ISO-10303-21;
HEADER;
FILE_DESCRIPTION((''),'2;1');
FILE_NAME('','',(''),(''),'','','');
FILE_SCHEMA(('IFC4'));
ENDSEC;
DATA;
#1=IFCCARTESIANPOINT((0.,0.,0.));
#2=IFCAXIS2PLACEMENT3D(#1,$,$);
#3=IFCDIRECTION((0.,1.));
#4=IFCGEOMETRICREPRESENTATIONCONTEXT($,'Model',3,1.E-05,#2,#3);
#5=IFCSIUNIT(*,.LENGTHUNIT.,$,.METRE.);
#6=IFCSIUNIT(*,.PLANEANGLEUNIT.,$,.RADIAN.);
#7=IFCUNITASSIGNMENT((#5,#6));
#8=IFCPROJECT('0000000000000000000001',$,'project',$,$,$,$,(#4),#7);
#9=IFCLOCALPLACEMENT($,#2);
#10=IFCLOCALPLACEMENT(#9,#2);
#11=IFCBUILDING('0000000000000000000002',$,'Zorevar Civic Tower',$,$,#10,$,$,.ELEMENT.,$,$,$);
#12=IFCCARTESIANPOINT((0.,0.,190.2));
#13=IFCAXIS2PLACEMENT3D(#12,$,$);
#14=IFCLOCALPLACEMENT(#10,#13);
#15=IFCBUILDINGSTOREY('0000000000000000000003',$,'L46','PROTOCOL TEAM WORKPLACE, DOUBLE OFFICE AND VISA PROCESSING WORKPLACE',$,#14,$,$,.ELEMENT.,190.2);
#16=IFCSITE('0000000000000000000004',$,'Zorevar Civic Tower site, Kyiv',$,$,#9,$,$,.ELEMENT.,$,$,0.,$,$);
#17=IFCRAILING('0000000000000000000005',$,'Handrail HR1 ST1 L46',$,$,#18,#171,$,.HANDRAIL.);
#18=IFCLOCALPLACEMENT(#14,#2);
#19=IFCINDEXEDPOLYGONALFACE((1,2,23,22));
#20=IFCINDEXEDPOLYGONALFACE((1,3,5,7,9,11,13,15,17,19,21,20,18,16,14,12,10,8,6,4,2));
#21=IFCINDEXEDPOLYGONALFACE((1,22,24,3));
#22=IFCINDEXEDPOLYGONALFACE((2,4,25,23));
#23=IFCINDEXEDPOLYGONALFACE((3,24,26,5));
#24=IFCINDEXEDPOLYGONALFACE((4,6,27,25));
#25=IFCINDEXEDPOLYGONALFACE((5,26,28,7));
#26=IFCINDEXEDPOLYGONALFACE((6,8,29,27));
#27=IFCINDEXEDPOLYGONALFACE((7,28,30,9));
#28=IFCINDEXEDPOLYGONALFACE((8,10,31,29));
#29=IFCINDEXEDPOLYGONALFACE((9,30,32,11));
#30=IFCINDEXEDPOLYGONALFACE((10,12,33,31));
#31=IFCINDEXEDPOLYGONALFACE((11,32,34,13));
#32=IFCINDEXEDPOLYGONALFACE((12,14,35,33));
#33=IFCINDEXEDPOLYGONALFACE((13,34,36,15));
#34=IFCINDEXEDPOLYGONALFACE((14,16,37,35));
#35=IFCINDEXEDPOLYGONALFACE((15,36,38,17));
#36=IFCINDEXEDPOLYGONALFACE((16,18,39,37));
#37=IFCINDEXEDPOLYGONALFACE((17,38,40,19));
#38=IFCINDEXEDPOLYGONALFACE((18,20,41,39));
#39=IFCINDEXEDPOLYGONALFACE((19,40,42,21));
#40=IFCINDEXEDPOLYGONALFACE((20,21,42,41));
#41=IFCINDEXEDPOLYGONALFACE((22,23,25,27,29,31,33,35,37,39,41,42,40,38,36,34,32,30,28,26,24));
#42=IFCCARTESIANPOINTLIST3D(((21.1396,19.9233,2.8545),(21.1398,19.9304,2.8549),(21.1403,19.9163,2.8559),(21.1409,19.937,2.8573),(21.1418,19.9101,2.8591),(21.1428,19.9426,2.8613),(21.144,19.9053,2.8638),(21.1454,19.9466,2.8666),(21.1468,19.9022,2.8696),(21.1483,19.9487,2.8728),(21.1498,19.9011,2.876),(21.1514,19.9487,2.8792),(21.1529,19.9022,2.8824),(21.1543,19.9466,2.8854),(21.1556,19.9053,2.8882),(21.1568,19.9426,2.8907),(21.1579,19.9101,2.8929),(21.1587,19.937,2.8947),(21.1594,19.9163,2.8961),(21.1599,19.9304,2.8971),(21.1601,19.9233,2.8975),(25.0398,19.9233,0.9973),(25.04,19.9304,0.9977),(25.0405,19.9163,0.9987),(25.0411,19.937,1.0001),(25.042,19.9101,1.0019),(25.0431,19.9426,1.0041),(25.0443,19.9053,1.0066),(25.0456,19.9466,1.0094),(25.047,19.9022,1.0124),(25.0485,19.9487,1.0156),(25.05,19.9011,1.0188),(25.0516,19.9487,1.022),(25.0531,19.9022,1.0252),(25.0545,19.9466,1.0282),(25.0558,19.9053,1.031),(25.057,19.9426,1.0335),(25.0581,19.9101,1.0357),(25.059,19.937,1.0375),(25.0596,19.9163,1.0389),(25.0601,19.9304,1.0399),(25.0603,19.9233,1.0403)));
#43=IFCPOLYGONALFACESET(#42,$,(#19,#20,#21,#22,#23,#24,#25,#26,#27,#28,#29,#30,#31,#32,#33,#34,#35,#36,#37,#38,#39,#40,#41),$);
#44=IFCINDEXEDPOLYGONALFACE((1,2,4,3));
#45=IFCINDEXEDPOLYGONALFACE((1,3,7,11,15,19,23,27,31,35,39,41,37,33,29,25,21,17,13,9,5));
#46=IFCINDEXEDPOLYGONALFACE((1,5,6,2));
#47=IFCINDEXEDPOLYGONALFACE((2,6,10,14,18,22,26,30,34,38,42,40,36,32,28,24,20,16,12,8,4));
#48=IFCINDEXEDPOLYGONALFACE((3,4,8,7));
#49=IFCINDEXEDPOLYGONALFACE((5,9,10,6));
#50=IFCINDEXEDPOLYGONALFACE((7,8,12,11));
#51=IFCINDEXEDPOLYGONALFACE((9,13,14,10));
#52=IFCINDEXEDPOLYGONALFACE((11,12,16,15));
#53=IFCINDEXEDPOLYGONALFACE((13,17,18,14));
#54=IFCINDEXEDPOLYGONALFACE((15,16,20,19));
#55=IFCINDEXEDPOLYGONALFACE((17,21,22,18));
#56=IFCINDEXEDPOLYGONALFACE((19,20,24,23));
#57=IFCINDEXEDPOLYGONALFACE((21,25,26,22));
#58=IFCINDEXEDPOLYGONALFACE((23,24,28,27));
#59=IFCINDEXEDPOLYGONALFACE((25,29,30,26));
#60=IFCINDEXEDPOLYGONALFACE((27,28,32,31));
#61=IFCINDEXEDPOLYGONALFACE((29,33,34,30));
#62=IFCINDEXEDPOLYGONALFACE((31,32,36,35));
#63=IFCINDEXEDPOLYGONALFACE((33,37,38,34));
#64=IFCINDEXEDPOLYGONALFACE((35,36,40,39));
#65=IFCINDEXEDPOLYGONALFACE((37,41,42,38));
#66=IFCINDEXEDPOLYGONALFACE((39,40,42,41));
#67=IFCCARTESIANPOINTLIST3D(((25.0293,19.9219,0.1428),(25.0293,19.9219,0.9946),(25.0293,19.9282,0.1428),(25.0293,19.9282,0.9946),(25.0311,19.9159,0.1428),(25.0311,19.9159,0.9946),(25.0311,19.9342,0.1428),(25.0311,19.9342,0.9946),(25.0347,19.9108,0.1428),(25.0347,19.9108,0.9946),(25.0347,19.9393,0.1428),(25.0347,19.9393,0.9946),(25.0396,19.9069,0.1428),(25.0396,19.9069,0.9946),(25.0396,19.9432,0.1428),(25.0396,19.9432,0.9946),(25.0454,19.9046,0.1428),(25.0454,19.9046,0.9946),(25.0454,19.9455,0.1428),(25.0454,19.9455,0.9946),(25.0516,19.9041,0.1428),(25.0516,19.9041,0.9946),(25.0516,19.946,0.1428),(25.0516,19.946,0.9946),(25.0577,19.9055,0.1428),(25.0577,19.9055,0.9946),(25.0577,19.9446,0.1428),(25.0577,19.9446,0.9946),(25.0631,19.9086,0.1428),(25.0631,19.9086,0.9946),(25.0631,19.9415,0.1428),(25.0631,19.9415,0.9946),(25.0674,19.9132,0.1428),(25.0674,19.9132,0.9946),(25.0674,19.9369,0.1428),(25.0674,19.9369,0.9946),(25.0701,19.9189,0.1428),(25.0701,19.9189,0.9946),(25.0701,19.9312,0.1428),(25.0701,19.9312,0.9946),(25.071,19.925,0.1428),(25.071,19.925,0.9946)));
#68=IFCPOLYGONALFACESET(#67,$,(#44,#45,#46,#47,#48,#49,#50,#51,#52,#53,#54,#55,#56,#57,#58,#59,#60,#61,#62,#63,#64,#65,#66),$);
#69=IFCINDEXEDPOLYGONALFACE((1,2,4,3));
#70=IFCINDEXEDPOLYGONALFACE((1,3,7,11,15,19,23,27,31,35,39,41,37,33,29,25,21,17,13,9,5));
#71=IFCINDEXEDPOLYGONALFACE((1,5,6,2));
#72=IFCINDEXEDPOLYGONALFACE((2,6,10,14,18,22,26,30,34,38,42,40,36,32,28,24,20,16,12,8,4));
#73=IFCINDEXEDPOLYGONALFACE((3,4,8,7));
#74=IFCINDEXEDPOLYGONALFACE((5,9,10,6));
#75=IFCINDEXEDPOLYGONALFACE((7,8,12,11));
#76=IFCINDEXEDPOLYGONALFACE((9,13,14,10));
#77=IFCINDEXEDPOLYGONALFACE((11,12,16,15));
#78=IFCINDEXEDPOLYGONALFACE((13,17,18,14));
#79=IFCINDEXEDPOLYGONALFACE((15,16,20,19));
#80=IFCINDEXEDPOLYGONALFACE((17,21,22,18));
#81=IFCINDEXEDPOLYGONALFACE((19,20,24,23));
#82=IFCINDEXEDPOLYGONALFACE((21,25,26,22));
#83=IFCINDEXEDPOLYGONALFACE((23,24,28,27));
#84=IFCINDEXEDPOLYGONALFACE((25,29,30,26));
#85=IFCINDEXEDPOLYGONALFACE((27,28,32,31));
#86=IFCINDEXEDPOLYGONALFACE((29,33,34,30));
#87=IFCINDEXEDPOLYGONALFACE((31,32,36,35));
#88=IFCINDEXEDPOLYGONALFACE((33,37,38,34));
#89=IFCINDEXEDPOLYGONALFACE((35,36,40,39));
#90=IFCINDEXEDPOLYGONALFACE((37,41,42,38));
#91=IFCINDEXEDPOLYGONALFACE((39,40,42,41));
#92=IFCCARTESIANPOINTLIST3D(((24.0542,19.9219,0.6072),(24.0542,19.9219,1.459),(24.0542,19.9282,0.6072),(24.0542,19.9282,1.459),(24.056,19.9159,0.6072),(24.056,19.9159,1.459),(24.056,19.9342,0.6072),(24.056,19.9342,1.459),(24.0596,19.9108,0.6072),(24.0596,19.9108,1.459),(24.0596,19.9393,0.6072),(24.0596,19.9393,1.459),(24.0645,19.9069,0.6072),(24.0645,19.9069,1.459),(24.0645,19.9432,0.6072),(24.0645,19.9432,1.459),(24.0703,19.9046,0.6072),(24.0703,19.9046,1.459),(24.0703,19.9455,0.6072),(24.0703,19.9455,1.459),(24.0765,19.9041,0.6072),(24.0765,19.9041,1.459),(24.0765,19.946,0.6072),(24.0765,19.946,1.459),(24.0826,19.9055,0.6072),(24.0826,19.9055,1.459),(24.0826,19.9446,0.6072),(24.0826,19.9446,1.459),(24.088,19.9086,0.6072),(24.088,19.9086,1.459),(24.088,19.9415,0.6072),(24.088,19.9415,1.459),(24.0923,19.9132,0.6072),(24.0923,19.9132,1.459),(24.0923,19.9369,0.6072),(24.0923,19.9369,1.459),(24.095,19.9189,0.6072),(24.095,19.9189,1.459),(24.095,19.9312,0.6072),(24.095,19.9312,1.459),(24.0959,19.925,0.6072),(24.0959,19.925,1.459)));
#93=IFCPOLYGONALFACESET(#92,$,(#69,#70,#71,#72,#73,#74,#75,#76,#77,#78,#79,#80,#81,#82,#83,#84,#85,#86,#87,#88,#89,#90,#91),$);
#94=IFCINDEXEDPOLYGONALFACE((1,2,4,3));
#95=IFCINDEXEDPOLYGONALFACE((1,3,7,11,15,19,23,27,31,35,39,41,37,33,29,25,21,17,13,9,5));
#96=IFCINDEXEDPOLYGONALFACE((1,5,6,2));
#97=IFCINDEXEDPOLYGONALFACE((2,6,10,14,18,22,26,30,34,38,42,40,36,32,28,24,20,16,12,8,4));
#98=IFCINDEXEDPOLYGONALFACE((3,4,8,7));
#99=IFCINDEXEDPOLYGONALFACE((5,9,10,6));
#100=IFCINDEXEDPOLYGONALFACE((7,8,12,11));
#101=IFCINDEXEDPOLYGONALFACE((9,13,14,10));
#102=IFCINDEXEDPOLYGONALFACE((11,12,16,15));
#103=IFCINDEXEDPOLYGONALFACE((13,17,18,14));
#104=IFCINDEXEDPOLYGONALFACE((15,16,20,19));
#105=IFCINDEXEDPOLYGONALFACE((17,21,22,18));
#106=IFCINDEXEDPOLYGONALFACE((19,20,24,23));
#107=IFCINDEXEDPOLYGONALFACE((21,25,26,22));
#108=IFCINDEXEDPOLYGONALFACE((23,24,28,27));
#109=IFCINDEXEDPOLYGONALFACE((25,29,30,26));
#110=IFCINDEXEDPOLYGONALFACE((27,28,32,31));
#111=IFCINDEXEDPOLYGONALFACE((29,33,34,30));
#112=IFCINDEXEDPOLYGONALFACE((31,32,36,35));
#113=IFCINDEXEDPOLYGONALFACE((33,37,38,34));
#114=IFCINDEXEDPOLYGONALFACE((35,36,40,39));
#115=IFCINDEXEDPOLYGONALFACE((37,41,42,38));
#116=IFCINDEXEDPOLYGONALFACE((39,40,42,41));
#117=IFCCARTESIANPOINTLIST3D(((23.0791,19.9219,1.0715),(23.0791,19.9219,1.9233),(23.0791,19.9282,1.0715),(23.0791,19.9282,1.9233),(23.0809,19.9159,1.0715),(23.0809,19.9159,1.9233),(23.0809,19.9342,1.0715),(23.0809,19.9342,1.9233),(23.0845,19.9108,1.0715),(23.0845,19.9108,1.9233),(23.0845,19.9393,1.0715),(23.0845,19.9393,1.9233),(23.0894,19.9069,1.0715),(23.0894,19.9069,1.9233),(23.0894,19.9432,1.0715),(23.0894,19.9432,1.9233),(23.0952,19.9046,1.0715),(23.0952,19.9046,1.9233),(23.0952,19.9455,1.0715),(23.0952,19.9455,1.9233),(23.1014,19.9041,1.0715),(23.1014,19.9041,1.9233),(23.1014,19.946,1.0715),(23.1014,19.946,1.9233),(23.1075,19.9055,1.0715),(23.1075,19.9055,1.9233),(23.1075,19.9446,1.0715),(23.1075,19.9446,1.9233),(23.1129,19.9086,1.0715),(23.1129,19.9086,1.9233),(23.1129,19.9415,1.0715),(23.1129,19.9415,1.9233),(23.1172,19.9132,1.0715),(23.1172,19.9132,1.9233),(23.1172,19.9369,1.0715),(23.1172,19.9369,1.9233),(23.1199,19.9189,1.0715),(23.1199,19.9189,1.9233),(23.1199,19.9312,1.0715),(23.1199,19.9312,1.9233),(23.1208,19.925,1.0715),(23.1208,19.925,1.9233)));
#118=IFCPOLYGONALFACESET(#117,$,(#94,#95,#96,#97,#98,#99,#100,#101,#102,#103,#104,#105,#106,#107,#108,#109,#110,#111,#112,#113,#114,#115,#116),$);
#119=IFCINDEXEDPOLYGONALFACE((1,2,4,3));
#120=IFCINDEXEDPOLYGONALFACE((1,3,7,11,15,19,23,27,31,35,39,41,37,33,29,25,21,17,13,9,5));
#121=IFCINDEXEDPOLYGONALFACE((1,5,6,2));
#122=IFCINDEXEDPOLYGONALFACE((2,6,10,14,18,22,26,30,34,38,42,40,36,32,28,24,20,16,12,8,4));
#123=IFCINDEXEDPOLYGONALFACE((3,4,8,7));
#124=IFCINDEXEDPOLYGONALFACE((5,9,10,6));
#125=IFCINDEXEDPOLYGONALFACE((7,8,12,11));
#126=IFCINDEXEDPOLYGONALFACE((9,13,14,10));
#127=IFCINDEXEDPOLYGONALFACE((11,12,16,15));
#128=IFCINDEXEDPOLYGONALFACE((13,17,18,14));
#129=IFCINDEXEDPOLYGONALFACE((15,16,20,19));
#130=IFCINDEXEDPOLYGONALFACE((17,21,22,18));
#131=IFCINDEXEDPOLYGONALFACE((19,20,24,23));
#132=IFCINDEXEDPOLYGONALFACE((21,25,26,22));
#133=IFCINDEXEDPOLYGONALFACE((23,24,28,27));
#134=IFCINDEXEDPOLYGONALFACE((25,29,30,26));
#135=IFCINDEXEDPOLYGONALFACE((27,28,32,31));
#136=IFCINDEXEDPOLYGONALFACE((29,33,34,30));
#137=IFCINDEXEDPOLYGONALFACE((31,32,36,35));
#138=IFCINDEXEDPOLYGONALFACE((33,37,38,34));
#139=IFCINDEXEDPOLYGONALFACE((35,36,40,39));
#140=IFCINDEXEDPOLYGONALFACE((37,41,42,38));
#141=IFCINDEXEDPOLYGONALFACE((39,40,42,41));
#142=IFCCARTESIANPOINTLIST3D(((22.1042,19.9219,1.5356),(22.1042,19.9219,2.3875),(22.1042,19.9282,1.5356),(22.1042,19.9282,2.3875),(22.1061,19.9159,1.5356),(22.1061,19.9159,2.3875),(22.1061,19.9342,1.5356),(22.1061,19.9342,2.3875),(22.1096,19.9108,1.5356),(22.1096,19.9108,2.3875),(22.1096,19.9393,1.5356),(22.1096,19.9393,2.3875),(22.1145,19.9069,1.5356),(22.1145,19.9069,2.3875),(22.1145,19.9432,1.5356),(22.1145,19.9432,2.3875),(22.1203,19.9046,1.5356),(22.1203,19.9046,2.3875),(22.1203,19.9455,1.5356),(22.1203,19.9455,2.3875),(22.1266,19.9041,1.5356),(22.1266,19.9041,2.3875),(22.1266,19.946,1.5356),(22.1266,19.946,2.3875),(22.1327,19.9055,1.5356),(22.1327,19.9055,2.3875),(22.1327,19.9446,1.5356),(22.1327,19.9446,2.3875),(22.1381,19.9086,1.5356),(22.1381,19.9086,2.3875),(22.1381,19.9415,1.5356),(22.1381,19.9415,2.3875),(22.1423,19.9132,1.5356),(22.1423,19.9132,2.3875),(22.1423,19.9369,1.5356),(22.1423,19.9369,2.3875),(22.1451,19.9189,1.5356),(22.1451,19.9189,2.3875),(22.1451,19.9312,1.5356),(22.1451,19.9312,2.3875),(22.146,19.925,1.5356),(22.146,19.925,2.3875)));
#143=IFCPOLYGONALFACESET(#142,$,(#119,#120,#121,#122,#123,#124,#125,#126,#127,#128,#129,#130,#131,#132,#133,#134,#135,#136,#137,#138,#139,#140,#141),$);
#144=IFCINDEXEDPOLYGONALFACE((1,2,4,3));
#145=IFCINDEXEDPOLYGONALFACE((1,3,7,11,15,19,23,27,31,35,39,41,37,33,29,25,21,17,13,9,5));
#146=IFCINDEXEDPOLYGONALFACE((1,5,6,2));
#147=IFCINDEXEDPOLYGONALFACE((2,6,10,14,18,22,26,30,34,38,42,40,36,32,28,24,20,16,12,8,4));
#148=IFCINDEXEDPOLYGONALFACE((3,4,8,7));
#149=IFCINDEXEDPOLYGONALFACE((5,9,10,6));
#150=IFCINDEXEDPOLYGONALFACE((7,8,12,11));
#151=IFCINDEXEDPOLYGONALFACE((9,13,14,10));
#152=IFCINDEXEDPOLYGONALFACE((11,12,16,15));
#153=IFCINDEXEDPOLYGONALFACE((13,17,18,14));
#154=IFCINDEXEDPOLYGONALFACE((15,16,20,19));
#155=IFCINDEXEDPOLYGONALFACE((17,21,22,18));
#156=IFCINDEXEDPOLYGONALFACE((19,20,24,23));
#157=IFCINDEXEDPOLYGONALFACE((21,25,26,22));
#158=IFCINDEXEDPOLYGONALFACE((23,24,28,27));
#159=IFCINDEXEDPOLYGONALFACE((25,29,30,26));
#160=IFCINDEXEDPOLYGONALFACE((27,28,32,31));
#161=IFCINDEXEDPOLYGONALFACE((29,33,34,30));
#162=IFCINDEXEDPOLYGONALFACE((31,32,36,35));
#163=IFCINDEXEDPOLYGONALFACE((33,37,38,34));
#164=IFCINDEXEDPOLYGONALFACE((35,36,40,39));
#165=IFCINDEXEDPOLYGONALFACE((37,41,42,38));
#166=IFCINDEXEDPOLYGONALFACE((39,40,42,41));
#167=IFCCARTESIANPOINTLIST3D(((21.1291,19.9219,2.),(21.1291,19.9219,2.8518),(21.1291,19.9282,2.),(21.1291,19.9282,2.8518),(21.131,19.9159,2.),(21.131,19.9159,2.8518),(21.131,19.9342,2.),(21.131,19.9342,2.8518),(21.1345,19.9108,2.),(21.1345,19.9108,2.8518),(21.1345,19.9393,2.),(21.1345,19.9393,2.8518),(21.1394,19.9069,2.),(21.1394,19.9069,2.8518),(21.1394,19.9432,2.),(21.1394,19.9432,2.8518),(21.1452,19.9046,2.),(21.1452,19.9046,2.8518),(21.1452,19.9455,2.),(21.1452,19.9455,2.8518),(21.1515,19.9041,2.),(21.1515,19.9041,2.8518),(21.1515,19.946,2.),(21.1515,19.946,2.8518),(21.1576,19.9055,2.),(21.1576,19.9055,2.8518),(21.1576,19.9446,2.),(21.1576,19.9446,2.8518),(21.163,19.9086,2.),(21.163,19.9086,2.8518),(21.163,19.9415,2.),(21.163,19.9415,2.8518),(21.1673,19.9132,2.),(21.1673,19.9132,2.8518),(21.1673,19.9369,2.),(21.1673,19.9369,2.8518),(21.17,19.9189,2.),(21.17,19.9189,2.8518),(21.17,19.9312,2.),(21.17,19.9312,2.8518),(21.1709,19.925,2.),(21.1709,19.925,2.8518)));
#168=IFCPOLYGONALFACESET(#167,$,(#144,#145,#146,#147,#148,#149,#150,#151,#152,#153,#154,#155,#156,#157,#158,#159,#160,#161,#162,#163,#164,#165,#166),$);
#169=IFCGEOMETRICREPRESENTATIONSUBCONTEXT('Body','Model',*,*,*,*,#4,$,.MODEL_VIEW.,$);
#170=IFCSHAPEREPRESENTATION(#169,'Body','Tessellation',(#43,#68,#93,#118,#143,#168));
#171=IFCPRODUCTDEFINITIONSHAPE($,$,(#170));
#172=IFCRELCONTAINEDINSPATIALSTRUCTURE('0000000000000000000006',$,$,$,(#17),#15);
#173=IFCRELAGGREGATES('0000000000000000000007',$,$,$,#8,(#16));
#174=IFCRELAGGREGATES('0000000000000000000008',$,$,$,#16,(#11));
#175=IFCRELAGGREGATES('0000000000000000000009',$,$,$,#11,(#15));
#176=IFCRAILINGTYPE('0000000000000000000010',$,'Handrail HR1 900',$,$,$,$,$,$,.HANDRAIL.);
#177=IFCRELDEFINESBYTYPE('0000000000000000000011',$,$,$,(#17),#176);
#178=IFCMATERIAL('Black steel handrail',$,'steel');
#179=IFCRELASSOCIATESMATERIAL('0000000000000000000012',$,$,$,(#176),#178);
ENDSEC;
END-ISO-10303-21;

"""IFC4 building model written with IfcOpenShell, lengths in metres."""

from ifc_helpers import new_model, si_unit, direction, frame, origin, origin_2d, place, context, subcontext, project, spatial, circle, extrude, material, type_object, element, save


model = new_model("IFC4")

# Units and contexts
model_context = context("Model", 3, precision=1e-05, world=origin(), true_north=direction((0.0, 1.0)))
body_context = subcontext(model_context, "Body", "Model", "MODEL_VIEW")
ifc_project = project(units=[si_unit("LENGTHUNIT", "METRE"), si_unit("PLANEANGLEUNIT", "RADIAN")], contexts=[model_context])

# Site, building, storey
site_placement = place(None, origin())
site = spatial("IfcSite", under=ifc_project, at=site_placement, Name="Zorevar Civic Tower site, Kyiv", CompositionType="ELEMENT", RefElevation=0.0)
building_placement = place(site_placement, origin())
building = spatial("IfcBuilding", under=site, at=building_placement, Name="Zorevar Civic Tower", CompositionType="ELEMENT")
storey_placement = place(building_placement, frame((0.0, 0.0, 190.2)))
storey = spatial("IfcBuildingStorey", under=building, at=storey_placement, Name="L46", Description="PROTOCOL TEAM WORKPLACE, DOUBLE OFFICE AND VISA PROCESSING WORKPLACE", CompositionType="ELEMENT", Elevation=190.2)

# Railing
ifc_material_1 = material(Name="Black steel handrail", Category="steel")
railing_type = type_object("IfcRailingType", Name="Handrail HR1 900", PredefinedType="HANDRAIL", material=ifc_material_1)
railing_1_placement = place(storey_placement, frame((25.05, 19.925, 0.1428)))
element("IfcRailing", 1, at=railing_1_placement, inside=storey, type_object=railing_type, Name="Handrail HR1 ST1 L46", PredefinedType="HANDRAIL", context=body_context, shape_type="SweptSolid", body=[
    extrude(circle(Radius=0.0239, at=origin_2d()), frame((0.0, 0.0, 0.876), z_axis=(-0.902864, 0.0, 0.429927), x_axis=(0.0, -1.0, 0.0)), (0.0, 0.0, 1.0), 4.3198),
    extrude(circle(Radius=0.021, at=origin_2d()), origin(), (0.0, 0.0, 1.0), 0.8518),
    extrude(circle(Radius=0.021, at=origin_2d()), frame((-0.9751, 0.0, 0.4644)), (0.0, 0.0, 1.0), 0.8518),
    extrude(circle(Radius=0.021, at=origin_2d()), frame((-1.9502, 0.0, 0.9287)), (0.0, 0.0, 1.0), 0.8518),
    extrude(circle(Radius=0.021, at=origin_2d()), frame((-2.925, 0.0, 1.3928)), (0.0, 0.0, 1.0), 0.8518),
    extrude(circle(Radius=0.021, at=origin_2d()), frame((-3.9001, 0.0, 1.8572)), (0.0, 0.0, 1.0), 0.8518),
])

save(model, "model.ifc")
